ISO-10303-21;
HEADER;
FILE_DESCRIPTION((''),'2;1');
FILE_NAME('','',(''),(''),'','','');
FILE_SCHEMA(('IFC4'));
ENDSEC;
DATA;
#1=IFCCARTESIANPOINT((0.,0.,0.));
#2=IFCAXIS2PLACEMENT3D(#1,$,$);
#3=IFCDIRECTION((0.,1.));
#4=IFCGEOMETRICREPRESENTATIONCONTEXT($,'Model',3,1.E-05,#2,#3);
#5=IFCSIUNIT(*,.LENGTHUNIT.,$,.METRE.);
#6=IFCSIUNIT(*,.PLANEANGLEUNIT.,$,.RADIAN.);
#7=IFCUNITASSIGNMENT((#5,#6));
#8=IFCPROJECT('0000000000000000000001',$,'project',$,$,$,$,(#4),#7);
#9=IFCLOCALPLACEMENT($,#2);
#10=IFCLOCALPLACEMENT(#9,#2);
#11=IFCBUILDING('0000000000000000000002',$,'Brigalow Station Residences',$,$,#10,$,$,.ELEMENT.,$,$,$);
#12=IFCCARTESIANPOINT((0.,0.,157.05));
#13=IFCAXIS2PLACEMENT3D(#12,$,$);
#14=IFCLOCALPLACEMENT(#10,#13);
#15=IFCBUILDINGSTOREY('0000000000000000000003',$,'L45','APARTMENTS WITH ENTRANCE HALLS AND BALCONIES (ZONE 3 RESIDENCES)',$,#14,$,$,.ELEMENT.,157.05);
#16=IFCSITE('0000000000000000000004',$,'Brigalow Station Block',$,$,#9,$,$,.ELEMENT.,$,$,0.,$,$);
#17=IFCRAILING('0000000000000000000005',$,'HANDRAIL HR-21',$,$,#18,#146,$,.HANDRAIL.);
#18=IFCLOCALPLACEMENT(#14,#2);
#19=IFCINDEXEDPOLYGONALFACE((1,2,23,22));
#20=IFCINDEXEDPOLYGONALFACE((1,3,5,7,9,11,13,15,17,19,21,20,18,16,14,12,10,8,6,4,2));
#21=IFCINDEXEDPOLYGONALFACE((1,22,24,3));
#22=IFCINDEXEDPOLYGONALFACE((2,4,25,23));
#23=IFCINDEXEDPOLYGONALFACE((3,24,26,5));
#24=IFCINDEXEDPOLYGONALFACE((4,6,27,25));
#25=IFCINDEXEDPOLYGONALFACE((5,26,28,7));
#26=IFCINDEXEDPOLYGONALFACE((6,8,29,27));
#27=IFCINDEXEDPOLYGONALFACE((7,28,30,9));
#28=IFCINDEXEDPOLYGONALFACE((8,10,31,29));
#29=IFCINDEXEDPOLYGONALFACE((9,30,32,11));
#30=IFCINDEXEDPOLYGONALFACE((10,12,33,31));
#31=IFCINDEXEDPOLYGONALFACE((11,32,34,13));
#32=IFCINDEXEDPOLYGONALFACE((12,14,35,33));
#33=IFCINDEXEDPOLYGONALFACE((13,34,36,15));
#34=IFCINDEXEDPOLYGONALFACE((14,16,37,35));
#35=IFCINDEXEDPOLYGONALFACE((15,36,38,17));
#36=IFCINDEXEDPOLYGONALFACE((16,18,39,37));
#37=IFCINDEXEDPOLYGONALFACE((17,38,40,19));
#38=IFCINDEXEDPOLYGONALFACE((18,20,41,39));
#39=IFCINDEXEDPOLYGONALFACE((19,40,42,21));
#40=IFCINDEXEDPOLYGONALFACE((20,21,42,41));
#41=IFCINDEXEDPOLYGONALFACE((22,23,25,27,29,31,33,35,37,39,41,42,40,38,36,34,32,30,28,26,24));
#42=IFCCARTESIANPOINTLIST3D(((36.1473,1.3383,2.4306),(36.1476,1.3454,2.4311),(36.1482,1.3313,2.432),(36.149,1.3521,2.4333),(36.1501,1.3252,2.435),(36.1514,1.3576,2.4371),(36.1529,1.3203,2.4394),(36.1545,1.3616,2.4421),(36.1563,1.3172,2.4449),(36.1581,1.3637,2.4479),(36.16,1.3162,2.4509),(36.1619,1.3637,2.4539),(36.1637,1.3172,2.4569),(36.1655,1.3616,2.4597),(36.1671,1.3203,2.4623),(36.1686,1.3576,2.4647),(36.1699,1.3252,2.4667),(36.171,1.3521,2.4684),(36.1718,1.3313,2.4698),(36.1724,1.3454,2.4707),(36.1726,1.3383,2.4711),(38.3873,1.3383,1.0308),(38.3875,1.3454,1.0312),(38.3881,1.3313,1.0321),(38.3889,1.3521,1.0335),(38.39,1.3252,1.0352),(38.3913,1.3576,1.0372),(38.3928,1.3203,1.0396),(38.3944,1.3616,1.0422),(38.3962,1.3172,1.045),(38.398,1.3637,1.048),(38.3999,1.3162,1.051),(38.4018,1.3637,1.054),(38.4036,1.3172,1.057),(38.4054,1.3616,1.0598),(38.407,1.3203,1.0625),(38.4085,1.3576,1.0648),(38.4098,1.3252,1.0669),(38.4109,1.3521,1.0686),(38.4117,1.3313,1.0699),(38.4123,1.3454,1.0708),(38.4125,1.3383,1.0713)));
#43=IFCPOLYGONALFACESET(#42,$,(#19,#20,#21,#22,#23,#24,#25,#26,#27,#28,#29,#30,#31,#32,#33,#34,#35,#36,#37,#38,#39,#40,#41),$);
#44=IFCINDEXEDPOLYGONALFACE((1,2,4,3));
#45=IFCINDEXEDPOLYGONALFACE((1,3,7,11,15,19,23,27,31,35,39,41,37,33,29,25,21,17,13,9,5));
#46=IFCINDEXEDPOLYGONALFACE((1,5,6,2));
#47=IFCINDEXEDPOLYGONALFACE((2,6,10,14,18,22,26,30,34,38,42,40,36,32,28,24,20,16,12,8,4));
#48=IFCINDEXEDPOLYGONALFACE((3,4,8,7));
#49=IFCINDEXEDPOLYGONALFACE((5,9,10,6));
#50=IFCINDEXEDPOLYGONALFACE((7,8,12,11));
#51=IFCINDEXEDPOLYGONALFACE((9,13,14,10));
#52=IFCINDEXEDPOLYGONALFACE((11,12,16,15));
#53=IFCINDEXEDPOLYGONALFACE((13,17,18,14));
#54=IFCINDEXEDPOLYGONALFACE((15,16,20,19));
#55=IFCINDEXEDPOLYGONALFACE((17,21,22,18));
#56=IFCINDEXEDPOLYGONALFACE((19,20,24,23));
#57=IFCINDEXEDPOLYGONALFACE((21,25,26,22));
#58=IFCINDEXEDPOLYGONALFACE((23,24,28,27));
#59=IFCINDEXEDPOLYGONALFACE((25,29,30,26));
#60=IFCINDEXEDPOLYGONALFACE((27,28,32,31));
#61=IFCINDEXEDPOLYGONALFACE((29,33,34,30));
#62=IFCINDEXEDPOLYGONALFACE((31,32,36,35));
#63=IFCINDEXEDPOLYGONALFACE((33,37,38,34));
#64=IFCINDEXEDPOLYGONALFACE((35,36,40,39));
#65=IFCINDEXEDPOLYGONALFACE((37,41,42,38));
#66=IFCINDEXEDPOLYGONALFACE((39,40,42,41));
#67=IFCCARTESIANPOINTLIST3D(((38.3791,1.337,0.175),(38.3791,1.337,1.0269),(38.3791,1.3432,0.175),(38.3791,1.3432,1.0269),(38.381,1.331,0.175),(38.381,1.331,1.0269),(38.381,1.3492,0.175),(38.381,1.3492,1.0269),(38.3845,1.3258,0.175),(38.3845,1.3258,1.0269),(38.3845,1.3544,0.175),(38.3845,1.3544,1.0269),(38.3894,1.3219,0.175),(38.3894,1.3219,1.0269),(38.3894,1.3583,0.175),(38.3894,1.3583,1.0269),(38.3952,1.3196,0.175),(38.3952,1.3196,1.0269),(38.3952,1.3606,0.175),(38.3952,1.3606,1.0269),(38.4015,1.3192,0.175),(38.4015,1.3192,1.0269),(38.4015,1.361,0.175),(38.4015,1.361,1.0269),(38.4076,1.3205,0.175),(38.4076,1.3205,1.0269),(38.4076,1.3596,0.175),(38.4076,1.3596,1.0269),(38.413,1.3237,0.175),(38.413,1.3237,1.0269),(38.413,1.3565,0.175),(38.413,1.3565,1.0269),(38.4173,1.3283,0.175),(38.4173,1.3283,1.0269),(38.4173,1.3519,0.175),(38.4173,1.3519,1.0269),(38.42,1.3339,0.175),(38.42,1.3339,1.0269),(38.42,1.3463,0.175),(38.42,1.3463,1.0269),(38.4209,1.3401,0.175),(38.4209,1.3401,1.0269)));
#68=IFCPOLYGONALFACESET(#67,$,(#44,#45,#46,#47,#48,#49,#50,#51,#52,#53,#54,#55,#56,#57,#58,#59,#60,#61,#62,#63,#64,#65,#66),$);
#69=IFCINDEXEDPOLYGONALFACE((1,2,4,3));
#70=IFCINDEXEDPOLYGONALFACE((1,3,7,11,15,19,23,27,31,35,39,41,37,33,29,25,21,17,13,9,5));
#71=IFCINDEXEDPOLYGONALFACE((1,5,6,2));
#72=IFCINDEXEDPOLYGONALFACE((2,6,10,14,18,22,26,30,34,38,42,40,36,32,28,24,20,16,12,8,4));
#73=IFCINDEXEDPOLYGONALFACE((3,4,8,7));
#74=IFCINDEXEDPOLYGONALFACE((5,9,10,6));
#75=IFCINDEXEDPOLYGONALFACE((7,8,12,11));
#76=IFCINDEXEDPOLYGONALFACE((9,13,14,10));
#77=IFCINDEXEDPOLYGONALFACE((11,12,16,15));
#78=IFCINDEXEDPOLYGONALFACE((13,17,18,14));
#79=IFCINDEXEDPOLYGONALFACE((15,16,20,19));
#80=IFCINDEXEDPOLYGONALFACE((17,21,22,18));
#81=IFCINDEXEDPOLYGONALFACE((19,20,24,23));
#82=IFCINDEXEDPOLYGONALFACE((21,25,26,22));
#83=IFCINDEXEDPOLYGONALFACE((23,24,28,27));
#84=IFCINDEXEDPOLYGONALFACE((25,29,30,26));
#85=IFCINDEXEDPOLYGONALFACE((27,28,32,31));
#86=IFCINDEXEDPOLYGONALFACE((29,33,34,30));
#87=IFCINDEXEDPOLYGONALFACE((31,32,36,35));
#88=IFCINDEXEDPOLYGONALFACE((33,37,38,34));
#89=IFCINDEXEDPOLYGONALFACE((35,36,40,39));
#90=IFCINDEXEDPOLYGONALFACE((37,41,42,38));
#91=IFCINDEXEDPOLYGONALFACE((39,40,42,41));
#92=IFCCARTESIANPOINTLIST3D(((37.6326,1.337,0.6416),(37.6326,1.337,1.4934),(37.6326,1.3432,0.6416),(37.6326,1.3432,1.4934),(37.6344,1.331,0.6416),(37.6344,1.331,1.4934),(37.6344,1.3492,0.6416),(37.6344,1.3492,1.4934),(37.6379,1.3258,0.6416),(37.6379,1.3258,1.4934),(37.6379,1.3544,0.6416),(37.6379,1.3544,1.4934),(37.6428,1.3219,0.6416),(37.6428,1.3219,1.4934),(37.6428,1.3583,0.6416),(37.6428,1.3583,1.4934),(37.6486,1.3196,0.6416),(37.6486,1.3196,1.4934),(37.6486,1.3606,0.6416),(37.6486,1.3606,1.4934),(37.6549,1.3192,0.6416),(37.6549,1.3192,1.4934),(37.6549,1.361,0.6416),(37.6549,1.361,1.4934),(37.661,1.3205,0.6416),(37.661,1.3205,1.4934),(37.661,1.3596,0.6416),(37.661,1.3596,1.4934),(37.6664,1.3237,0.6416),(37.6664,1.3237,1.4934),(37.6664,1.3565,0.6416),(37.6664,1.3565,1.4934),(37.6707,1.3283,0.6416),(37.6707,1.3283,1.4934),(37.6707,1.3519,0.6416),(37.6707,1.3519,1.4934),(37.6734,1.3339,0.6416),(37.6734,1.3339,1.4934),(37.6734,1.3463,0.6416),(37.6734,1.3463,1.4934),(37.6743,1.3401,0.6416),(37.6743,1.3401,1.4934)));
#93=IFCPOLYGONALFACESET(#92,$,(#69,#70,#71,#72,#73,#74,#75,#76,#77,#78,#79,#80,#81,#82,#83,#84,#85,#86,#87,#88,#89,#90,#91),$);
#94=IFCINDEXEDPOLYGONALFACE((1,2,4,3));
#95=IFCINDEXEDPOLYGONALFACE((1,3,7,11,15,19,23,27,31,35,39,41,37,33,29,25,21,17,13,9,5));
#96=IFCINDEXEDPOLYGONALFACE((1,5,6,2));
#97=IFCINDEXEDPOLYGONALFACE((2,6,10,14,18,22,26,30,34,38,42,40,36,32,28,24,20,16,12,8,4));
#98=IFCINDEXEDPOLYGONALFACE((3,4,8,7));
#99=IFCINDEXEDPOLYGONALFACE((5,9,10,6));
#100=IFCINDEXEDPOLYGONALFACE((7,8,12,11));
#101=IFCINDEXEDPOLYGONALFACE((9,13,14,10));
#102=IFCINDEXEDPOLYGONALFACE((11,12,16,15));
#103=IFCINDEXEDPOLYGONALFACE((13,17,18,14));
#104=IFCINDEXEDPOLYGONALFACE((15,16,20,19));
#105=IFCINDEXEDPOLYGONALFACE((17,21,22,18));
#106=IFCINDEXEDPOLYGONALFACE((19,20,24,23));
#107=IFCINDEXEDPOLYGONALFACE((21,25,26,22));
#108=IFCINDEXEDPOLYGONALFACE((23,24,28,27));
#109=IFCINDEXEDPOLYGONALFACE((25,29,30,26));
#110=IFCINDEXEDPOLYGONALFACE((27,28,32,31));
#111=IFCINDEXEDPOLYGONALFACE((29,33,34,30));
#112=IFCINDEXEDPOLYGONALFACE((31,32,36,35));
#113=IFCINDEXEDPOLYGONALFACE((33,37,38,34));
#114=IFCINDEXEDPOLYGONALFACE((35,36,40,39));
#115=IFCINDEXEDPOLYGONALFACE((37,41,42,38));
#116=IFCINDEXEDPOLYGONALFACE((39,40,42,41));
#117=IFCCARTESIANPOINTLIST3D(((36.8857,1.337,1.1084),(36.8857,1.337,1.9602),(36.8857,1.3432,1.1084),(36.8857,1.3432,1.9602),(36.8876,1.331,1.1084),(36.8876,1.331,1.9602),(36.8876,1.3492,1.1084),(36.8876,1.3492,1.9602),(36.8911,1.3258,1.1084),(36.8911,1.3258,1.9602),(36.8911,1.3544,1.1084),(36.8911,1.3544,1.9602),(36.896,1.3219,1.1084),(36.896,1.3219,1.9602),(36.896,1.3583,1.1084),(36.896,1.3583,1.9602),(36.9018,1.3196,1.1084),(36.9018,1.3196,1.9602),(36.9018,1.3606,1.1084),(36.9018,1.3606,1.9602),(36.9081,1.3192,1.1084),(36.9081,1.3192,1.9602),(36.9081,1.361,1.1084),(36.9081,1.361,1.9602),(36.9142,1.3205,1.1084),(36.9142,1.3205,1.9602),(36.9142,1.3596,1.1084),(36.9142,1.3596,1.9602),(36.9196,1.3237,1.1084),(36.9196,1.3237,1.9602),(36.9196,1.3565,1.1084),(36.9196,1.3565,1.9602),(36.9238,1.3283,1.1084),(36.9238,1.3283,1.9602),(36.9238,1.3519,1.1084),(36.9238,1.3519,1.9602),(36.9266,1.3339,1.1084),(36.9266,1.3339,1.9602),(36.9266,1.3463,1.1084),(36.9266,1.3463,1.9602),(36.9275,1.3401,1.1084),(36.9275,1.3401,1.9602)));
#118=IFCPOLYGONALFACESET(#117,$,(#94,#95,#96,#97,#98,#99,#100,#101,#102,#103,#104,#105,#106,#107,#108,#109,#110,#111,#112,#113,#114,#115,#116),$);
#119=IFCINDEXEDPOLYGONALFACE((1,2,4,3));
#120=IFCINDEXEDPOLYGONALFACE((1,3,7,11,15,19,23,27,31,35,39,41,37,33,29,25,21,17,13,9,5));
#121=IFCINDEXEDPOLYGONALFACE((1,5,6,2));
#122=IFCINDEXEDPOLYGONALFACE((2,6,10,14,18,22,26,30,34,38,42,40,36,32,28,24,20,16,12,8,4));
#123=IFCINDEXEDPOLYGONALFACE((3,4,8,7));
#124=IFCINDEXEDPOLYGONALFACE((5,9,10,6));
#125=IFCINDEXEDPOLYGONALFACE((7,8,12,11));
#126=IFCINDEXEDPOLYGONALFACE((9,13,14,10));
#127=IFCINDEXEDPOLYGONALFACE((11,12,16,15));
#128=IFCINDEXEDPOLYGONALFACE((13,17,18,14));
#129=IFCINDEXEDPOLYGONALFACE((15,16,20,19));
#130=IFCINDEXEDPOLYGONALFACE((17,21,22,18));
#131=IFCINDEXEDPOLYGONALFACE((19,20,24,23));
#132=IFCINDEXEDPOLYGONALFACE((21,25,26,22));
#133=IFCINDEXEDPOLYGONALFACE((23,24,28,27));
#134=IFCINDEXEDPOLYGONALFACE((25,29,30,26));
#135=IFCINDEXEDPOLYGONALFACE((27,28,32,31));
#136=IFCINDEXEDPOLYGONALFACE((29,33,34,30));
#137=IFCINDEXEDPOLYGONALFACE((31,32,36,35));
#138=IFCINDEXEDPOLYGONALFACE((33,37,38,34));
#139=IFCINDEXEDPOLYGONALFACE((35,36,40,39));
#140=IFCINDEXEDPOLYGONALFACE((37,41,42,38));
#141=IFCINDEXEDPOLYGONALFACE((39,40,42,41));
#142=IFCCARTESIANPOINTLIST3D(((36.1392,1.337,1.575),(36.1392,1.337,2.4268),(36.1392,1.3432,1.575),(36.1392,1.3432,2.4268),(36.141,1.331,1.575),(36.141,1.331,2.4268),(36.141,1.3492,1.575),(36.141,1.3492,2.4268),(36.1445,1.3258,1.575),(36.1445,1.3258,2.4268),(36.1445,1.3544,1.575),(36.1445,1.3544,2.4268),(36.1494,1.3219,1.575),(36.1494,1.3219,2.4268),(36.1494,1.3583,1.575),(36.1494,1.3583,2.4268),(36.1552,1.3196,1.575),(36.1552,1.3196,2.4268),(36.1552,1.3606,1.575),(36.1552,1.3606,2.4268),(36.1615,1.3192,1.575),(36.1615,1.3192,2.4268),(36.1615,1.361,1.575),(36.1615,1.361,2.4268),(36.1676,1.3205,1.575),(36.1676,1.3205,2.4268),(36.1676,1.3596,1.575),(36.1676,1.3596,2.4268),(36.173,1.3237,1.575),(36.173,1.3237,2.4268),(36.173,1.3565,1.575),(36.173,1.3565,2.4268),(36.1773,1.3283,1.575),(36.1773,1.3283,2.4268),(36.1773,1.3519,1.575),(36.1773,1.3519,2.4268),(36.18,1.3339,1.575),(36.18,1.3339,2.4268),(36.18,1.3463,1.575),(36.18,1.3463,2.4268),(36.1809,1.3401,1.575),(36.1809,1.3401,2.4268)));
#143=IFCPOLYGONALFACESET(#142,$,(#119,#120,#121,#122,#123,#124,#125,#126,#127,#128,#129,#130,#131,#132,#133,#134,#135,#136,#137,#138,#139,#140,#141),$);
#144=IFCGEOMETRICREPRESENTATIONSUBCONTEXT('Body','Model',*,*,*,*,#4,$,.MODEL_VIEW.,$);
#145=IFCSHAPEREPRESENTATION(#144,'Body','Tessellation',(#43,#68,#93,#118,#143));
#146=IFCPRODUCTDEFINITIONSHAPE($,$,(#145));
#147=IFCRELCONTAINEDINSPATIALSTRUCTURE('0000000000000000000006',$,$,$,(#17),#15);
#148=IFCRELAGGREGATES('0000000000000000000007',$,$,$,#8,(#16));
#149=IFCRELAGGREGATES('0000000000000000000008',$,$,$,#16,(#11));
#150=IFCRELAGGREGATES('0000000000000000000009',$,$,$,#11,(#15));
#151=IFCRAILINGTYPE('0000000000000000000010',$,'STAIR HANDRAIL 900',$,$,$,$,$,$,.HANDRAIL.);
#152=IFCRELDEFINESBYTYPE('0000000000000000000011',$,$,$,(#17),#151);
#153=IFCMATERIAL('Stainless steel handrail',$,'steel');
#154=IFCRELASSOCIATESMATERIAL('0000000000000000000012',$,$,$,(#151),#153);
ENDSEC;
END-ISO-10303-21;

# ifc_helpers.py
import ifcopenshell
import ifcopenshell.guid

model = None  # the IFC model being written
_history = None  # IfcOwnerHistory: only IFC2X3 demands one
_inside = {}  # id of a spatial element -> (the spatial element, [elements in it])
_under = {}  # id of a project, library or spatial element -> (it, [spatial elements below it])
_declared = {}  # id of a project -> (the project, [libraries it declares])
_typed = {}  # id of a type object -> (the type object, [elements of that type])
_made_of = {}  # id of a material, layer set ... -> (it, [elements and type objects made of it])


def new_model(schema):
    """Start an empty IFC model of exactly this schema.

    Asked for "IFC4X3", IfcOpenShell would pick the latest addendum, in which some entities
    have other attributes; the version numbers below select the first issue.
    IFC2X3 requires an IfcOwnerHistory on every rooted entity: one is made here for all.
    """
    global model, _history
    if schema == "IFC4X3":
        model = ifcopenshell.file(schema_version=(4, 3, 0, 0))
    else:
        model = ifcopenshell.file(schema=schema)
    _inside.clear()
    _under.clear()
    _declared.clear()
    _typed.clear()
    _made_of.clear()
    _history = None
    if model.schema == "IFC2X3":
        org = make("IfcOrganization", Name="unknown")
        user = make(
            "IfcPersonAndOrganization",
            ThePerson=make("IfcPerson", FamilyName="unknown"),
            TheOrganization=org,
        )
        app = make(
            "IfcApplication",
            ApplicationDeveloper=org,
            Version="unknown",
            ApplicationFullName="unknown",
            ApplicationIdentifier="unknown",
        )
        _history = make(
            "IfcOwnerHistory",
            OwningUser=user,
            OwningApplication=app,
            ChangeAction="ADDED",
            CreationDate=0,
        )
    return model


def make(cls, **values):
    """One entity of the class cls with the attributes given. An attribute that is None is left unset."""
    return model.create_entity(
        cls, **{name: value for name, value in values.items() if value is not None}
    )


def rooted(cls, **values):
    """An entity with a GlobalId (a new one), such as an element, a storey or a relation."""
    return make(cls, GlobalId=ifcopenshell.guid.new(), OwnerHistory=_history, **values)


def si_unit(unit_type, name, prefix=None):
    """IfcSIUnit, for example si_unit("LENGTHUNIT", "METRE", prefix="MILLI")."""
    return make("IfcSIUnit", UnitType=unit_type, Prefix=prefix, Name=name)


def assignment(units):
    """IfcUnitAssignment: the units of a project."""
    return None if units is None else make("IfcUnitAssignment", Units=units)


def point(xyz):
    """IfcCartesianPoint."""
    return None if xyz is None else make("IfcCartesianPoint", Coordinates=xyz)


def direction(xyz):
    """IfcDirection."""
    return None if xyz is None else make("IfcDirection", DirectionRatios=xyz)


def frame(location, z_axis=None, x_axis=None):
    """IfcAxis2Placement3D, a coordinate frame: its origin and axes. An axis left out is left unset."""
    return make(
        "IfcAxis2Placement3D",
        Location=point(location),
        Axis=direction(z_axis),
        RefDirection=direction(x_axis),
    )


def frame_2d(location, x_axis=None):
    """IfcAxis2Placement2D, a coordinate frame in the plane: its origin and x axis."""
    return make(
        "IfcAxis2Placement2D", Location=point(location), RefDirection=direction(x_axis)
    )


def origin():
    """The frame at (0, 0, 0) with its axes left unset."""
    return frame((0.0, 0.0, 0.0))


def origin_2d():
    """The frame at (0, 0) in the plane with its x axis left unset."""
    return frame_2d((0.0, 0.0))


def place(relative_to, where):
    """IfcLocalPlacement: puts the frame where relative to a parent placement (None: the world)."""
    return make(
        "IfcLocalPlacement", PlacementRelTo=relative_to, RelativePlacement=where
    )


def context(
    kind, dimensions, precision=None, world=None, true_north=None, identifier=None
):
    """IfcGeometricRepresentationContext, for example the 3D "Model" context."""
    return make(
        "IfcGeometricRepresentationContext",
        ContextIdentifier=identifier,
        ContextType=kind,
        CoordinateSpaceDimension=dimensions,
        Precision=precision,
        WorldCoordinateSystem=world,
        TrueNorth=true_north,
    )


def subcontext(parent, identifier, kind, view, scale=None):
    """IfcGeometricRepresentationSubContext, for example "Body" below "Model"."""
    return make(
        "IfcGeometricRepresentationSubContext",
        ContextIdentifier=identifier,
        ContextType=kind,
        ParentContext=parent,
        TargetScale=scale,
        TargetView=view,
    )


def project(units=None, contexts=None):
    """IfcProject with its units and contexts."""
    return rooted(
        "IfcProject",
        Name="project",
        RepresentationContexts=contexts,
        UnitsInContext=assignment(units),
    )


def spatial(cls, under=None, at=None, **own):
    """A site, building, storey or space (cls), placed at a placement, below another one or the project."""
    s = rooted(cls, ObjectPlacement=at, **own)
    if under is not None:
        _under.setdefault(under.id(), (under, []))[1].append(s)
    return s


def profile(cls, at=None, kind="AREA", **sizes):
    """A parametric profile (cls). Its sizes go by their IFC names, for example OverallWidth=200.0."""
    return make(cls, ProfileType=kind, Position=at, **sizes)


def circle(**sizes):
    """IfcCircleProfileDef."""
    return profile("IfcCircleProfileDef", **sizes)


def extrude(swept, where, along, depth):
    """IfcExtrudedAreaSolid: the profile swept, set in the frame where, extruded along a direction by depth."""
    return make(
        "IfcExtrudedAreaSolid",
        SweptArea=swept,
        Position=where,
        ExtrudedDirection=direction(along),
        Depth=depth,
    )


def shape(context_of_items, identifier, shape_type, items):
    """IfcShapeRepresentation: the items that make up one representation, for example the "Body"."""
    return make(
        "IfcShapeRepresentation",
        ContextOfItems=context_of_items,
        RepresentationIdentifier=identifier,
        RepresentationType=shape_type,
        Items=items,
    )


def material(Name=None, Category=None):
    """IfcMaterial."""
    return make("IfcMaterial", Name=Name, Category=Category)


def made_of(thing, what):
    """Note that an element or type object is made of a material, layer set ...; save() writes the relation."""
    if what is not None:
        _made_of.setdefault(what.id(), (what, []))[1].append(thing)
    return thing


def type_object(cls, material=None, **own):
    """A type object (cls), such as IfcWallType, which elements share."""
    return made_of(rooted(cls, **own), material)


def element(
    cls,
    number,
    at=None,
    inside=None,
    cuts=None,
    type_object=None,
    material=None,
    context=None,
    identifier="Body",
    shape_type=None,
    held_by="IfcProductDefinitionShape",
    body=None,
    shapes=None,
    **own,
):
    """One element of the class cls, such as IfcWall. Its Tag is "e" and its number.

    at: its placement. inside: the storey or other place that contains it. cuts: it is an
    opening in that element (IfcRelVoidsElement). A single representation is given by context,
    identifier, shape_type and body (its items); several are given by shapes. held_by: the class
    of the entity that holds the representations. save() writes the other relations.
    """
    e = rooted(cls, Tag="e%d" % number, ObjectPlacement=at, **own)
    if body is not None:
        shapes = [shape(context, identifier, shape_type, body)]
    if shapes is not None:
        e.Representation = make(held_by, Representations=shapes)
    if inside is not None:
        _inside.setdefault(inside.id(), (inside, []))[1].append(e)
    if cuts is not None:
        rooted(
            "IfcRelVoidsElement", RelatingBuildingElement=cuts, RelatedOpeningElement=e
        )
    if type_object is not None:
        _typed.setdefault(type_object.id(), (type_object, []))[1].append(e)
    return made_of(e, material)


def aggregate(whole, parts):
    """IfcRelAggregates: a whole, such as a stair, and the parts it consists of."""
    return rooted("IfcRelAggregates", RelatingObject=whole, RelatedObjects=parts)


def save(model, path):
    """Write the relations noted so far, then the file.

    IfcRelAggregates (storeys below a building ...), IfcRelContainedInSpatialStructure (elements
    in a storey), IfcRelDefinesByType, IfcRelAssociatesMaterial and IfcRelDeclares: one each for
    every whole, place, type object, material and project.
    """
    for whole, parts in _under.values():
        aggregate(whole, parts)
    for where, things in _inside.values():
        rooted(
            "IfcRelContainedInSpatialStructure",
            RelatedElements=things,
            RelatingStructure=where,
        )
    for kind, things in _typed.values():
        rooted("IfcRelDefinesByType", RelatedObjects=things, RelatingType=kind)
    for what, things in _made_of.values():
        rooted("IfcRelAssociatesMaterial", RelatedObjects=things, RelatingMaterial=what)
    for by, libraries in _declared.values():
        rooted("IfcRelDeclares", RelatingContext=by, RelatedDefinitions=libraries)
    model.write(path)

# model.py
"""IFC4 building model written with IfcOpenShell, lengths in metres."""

from ifc_helpers import new_model, si_unit, direction, frame, origin, origin_2d, place, context, subcontext, project, spatial, circle, extrude, material, type_object, element, save


model = new_model("IFC4")

# Units and contexts
model_context = context("Model", 3, precision=1e-05, world=origin(), true_north=direction((0.0, 1.0)))
body_context = subcontext(model_context, "Body", "Model", "MODEL_VIEW")
ifc_project = project(units=[si_unit("LENGTHUNIT", "METRE"), si_unit("PLANEANGLEUNIT", "RADIAN")], contexts=[model_context])

# Site, building, storey
site_placement = place(None, origin())
site = spatial("IfcSite", under=ifc_project, at=site_placement, Name="Brigalow Station Block", CompositionType="ELEMENT", RefElevation=0.0)
building_placement = place(site_placement, origin())
building = spatial("IfcBuilding", under=site, at=building_placement, Name="Brigalow Station Residences", CompositionType="ELEMENT")
storey_placement = place(building_placement, frame((0.0, 0.0, 157.05)))
storey = spatial("IfcBuildingStorey", under=building, at=storey_placement, Name="L45", Description="APARTMENTS WITH ENTRANCE HALLS AND BALCONIES (ZONE 3 RESIDENCES)", CompositionType="ELEMENT", Elevation=157.05)

# Railing
ifc_material_1 = material(Name="Stainless steel handrail", Category="steel")
railing_type_1 = type_object("IfcRailingType", Name="STAIR HANDRAIL 900", PredefinedType="HANDRAIL", material=ifc_material_1)
railing_1_placement = place(storey_placement, frame((38.3999, 1.3401, 0.175)))
element("IfcRailing", 1, at=railing_1_placement, inside=storey, type_object=railing_type_1, Name="HANDRAIL HR-21", PredefinedType="HANDRAIL", context=body_context, shape_type="SweptSolid", body=[
    extrude(circle(Radius=0.0239, at=origin_2d()), frame((0.0, 0.0, 0.876), z_axis=(-0.848014, 0.0, 0.529974), x_axis=(0.0, -1.0, 0.0)), (0.0, 0.0, 1.0), 2.6414),
    extrude(circle(Radius=0.021, at=origin_2d()), origin(), (0.0, 0.0, 1.0), 0.8518),
    extrude(circle(Radius=0.021, at=origin_2d()), frame((-0.7466, 0.0, 0.4666)), (0.0, 0.0, 1.0), 0.8518),
    extrude(circle(Radius=0.021, at=origin_2d()), frame((-1.4934, 0.0, 0.9333)), (0.0, 0.0, 1.0), 0.8518),
    extrude(circle(Radius=0.021, at=origin_2d()), frame((-2.24, 0.0, 1.3999)), (0.0, 0.0, 1.0), 0.8518),
])

save(model, "model.ifc")
